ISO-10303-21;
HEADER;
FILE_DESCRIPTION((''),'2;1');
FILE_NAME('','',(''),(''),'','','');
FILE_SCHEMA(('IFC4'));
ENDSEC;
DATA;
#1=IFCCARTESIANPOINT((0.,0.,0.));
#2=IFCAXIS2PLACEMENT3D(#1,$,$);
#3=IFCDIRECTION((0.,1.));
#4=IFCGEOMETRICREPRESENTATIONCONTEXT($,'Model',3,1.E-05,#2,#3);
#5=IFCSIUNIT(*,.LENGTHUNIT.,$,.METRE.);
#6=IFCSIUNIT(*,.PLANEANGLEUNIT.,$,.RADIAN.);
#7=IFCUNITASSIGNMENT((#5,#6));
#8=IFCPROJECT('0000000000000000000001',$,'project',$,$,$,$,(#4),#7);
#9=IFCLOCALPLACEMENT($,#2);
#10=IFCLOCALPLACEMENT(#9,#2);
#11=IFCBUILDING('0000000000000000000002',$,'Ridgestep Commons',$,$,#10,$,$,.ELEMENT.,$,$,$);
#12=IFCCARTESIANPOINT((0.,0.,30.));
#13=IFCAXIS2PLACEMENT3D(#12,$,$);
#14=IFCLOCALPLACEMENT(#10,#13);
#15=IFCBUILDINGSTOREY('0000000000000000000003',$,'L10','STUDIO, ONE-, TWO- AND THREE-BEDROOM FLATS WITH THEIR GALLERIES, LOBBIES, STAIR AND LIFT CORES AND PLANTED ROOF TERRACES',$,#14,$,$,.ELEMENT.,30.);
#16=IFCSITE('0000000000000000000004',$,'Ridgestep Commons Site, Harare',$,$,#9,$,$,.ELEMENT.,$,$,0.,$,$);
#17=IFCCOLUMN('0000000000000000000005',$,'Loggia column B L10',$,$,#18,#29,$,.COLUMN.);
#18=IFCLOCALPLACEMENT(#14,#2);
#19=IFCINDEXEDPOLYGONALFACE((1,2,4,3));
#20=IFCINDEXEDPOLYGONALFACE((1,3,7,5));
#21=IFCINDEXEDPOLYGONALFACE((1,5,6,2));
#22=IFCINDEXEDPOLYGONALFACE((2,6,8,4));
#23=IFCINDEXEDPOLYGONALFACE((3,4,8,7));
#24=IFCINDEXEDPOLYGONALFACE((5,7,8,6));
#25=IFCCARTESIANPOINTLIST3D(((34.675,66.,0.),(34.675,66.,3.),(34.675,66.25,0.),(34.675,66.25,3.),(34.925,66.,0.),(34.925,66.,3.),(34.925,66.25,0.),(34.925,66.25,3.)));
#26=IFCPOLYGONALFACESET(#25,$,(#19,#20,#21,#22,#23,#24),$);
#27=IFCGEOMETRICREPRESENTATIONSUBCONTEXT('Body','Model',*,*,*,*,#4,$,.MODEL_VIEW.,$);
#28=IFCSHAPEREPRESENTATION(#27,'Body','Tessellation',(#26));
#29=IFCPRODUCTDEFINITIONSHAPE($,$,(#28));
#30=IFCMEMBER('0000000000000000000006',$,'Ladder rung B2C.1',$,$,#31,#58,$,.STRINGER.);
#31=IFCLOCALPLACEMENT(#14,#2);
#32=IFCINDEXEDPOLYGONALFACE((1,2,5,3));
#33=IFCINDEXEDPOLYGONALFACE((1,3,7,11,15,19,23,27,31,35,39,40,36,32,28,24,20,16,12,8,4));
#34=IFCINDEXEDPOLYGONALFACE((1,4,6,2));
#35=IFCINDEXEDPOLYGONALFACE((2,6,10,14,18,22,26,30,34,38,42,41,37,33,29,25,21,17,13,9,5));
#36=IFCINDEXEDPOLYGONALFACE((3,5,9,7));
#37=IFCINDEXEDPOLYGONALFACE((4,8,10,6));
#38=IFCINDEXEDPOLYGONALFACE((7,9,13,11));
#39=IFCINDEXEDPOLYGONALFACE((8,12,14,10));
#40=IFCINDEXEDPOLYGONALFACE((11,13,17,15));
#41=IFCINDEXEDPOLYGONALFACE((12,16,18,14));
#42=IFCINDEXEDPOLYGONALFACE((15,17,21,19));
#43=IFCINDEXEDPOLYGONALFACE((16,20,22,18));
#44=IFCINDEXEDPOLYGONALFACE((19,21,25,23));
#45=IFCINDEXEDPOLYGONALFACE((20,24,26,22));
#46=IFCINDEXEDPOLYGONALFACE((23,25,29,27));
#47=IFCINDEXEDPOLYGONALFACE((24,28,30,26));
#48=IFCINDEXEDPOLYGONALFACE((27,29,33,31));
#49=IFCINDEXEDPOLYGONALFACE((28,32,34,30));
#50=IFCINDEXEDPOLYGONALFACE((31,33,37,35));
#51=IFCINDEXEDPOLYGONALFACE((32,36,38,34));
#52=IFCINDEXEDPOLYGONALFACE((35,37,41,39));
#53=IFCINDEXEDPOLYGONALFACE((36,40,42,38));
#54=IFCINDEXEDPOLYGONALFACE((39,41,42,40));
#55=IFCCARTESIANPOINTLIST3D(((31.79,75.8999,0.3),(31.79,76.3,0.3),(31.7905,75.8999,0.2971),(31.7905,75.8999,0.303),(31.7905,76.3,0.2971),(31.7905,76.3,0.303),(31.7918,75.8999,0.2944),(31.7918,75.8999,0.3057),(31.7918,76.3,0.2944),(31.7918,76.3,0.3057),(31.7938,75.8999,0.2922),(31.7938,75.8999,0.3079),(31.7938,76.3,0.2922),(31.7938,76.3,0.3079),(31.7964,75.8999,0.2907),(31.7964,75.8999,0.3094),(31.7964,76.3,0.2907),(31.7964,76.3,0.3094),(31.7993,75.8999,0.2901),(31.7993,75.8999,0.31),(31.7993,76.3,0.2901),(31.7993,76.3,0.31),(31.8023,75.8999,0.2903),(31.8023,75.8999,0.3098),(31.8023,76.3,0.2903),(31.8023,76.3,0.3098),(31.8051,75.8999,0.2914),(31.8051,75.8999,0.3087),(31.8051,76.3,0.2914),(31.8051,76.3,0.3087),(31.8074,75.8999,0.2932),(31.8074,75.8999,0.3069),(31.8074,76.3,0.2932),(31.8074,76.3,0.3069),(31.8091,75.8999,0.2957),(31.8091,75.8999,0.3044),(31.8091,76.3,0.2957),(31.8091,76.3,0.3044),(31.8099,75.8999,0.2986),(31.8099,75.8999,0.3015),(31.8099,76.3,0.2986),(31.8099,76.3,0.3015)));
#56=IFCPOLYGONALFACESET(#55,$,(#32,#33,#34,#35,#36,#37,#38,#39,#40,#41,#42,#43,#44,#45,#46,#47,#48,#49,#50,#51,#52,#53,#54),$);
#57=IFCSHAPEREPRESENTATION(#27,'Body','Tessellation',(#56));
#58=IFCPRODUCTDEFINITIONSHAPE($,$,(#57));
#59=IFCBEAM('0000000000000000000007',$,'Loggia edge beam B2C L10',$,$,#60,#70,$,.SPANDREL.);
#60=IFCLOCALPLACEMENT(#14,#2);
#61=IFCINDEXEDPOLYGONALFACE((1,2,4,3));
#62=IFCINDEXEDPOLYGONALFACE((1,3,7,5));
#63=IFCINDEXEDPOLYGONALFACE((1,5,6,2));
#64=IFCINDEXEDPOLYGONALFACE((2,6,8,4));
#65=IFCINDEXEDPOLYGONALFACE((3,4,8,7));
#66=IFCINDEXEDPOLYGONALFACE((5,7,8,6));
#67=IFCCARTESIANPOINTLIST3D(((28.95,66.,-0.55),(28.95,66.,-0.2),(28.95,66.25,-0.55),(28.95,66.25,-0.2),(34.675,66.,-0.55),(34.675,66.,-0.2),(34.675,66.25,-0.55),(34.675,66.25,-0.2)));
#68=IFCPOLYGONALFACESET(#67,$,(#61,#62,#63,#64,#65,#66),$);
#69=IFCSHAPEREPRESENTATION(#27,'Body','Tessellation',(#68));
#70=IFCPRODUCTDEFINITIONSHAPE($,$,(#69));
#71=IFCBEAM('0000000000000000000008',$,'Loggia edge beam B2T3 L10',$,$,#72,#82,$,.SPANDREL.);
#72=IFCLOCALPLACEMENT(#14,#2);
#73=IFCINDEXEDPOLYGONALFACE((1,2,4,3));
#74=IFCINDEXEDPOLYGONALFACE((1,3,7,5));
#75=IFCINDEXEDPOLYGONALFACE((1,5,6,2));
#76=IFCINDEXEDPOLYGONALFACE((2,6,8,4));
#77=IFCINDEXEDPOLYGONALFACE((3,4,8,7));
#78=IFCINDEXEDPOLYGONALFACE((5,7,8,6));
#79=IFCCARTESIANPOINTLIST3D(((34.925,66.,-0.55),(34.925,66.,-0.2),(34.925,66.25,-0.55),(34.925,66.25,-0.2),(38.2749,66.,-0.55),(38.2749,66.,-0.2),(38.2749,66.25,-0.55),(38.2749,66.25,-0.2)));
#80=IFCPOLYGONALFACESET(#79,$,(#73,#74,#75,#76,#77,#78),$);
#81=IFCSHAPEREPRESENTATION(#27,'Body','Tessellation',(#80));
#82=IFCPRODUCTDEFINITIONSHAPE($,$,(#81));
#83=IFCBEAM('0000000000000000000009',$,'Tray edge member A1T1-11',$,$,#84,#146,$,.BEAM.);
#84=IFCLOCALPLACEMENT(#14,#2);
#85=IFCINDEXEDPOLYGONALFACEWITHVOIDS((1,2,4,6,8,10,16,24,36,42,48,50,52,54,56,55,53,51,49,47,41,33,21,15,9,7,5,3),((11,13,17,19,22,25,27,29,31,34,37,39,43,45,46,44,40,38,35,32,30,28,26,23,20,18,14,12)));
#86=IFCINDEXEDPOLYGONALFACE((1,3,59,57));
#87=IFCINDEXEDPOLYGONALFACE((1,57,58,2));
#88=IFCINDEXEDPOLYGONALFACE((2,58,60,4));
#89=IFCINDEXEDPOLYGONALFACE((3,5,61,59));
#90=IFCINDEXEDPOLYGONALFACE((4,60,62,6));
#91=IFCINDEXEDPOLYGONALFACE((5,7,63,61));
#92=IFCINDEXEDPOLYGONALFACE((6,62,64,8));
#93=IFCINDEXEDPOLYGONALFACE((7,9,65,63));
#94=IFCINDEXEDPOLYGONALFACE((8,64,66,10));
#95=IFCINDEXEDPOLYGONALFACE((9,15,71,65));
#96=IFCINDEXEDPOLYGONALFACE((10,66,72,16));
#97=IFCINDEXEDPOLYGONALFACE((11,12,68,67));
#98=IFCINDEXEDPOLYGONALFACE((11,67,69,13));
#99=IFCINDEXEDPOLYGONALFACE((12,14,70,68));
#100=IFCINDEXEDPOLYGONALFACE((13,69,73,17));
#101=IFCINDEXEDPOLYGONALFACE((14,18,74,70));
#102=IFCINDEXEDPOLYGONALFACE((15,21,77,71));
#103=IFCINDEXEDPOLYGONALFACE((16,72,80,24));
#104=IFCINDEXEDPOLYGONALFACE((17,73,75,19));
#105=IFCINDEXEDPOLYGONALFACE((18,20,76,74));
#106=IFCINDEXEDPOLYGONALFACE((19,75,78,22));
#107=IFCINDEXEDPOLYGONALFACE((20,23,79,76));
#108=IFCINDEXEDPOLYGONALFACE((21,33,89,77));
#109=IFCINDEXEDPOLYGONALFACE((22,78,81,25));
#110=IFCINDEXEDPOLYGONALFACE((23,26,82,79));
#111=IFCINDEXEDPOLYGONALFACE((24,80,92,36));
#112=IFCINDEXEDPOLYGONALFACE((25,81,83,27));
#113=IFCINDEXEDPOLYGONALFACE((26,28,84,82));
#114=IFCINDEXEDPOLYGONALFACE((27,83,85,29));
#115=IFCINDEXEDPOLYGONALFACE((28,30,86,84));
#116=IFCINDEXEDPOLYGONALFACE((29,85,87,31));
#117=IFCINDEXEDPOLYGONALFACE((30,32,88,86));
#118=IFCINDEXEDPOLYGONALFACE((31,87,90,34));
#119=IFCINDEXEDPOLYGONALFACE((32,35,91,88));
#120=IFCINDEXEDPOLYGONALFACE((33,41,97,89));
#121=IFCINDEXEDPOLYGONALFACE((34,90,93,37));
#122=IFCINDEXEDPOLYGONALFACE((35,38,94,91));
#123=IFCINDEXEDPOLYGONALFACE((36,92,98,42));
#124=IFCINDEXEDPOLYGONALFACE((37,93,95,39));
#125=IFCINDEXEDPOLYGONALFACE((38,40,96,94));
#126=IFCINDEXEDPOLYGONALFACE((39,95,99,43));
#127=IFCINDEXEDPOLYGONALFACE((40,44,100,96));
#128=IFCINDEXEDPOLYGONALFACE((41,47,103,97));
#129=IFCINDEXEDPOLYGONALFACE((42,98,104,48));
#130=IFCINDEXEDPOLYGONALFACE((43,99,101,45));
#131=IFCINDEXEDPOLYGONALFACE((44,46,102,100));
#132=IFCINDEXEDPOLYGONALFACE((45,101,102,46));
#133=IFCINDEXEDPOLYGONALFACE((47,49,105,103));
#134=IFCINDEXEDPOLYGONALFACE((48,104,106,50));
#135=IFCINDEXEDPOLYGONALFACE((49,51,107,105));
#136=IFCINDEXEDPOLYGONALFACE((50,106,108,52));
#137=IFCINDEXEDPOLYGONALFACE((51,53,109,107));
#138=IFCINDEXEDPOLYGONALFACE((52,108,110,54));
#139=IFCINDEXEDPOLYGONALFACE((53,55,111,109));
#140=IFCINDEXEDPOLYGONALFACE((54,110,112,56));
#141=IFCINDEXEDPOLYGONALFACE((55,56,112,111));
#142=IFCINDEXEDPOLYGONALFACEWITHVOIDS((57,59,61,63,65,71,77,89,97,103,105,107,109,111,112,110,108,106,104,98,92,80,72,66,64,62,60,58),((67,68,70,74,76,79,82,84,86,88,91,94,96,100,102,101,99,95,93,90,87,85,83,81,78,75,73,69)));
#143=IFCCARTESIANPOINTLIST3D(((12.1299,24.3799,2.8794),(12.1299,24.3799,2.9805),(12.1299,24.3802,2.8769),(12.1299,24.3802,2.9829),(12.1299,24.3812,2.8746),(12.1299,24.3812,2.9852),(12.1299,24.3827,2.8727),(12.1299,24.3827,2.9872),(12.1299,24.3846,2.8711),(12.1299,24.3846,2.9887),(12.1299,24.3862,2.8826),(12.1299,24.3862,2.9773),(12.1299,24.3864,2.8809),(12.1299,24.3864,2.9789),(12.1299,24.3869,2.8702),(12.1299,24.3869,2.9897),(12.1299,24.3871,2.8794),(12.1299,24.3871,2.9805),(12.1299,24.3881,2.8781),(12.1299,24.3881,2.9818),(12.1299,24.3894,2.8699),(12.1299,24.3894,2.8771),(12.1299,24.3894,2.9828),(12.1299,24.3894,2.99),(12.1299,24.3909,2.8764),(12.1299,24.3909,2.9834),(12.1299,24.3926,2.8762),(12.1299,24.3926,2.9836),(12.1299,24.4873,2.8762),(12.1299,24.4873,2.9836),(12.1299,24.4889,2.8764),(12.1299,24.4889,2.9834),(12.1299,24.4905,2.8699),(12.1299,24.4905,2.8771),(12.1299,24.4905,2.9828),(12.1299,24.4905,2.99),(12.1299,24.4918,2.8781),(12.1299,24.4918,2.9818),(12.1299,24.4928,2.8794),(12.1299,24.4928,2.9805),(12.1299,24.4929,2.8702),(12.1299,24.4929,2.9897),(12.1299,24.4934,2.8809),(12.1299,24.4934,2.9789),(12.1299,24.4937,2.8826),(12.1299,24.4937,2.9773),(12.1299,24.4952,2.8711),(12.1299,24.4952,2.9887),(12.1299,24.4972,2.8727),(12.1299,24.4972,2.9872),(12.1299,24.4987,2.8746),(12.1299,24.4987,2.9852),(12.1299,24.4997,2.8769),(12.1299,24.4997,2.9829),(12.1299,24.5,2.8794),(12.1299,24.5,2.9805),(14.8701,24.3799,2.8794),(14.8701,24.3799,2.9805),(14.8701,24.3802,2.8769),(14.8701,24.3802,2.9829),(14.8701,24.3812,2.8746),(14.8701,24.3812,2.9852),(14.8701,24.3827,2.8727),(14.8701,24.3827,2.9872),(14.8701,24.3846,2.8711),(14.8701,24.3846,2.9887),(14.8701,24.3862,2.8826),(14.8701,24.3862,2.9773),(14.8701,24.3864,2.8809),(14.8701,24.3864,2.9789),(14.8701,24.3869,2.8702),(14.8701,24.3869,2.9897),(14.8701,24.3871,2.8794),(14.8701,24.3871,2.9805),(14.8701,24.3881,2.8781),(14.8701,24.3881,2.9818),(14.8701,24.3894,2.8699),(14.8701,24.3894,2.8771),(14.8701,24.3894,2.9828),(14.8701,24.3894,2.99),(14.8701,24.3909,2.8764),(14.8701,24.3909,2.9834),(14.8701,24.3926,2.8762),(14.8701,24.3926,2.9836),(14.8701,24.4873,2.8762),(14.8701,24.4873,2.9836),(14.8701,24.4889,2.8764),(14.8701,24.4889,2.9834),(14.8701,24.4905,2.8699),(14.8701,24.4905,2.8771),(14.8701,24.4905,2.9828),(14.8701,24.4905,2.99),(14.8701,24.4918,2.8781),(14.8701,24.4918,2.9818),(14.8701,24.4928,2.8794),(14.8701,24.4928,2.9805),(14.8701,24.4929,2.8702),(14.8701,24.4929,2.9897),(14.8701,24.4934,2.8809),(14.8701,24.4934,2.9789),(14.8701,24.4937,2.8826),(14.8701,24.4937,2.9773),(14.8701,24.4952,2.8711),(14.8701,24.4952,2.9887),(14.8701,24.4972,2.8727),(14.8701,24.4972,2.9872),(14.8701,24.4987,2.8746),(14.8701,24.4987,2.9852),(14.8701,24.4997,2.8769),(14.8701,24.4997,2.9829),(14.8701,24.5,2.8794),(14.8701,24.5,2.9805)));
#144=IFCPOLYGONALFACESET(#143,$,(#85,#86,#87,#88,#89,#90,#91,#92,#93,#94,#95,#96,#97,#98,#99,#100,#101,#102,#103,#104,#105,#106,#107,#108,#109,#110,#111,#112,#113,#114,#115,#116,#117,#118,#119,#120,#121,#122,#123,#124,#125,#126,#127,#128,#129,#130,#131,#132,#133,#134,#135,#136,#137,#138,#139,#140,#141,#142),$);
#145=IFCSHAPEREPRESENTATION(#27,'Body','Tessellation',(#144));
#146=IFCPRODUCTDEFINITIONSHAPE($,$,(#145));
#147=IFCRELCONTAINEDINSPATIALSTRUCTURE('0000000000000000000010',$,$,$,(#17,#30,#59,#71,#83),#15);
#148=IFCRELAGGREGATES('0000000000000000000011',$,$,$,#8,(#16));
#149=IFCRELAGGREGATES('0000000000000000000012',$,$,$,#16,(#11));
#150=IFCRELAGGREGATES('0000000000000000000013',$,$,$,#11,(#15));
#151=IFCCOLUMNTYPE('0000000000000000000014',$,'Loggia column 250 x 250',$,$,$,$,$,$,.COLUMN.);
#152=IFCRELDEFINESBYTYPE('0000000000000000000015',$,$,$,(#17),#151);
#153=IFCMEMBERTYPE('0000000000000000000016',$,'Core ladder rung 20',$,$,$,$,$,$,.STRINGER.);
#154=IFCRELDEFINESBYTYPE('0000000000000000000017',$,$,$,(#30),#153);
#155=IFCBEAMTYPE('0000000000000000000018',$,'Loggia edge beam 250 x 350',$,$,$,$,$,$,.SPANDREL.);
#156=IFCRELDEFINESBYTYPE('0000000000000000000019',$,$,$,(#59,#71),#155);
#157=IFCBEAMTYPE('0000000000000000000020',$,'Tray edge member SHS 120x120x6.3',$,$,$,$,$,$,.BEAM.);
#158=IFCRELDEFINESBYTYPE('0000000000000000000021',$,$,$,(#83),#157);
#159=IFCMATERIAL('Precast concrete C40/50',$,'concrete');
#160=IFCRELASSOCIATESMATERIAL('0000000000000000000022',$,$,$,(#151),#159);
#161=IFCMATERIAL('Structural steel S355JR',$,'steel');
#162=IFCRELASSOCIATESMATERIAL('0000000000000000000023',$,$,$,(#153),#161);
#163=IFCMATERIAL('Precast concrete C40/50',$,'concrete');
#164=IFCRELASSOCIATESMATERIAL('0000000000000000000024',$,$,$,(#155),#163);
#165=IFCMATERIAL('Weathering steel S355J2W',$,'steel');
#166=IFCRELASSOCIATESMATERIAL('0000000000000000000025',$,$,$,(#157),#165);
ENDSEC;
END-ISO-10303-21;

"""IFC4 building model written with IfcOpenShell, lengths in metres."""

from ifc_helpers import new_model, si_unit, direction, frame, origin, origin_2d, place, context, subcontext, project, spatial, rectangle, hollow_rectangle, circle, extrude, material, material_profile, profile_set, type_object, element, save


model = new_model("IFC4")

# Units and contexts
model_context = context("Model", 3, precision=1e-05, world=origin(), true_north=direction((0.0, 1.0)))
body_context = subcontext(model_context, "Body", "Model", "MODEL_VIEW")
ifc_project = project(units=[si_unit("LENGTHUNIT", "METRE"), si_unit("PLANEANGLEUNIT", "RADIAN")], contexts=[model_context])

# Site, building, storey
site_placement = place(None, origin())
site = spatial("IfcSite", under=ifc_project, at=site_placement, Name="Ridgestep Commons Site, Harare", CompositionType="ELEMENT", RefElevation=0.0)
building_placement = place(site_placement, origin())
building = spatial("IfcBuilding", under=site, at=building_placement, Name="Ridgestep Commons", CompositionType="ELEMENT")
storey_placement = place(building_placement, frame((0.0, 0.0, 30.0)))
storey = spatial("IfcBuildingStorey", under=building, at=storey_placement, Name="L10", Description="STUDIO, ONE-, TWO- AND THREE-BEDROOM FLATS WITH THEIR GALLERIES, LOBBIES, STAIR AND LIFT CORES AND PLANTED ROOF TERRACES", CompositionType="ELEMENT", Elevation=30.0)

# Column
ifc_material_1 = material(Name="Precast concrete C40/50", Category="concrete")
ifc_material_profile_1 = material_profile(ifc_material_1, rectangle(XDim=0.25, YDim=0.25, at=origin_2d()), Name="PC 250x250")
ifc_profile_set_1 = profile_set([ifc_material_profile_1], Name="Precast concrete C40/50")
column_type = type_object("IfcColumnType", Name="Loggia column 250 x 250", PredefinedType="COLUMN", material=ifc_profile_set_1)
column_placement = place(storey_placement, frame((34.8, 66.125, 0.0), z_axis=(0.0, 0.0, 1.0), x_axis=(1.0, 0.0, 0.0)))
element("IfcColumn", 1, at=column_placement, inside=storey, type_object=column_type, Name="Loggia column B L10", PredefinedType="COLUMN", context=body_context, shape_type="SweptSolid", body=[
    extrude(rectangle(XDim=0.25, YDim=0.25, at=origin_2d()), origin(), (0.0, 0.0, 1.0), 3.0),
])

# Member
ifc_material_2 = material(Name="Structural steel S355JR", Category="steel")
ifc_material_profile_2 = material_profile(ifc_material_2, circle(Radius=0.01, at=origin_2d()), Name="Round bar 20")
ifc_profile_set_2 = profile_set([ifc_material_profile_2], Name="Structural steel S355JR")
member_type_1 = type_object("IfcMemberType", Name="Core ladder rung 20", PredefinedType="STRINGER", material=ifc_profile_set_2)
member_1_placement = place(storey_placement, frame((31.8, 75.8999, 0.3), z_axis=(0.0, 1.0, 0.0), x_axis=(-1.0, 0.0, 0.0)))
element("IfcMember", 2, at=member_1_placement, inside=storey, type_object=member_type_1, Name="Ladder rung B2C.1", PredefinedType="STRINGER", context=body_context, shape_type="SweptSolid", body=[
    extrude(circle(Radius=0.01, at=origin_2d()), origin(), (0.0, 0.0, 1.0), 0.4001),
])

# Beams
ifc_material_3 = material(Name="Precast concrete C40/50", Category="concrete")
ifc_material_profile_3 = material_profile(ifc_material_3, rectangle(XDim=0.25, YDim=0.3501, at=origin_2d()), Name="PC 250x350")
ifc_profile_set_3 = profile_set([ifc_material_profile_3], Name="Precast concrete C40/50")
beam_type_1 = type_object("IfcBeamType", Name="Loggia edge beam 250 x 350", PredefinedType="SPANDREL", material=ifc_profile_set_3)
beam_1_placement = place(storey_placement, frame((28.95, 66.125, -0.375), z_axis=(1.0, 0.0, 0.0), x_axis=(0.0, 1.0, 0.0)))
element("IfcBeam", 3, at=beam_1_placement, inside=storey, type_object=beam_type_1, Name="Loggia edge beam B2C L10", PredefinedType="SPANDREL", context=body_context, shape_type="SweptSolid", body=[
    extrude(rectangle(XDim=0.25, YDim=0.3501, at=origin_2d()), origin(), (0.0, 0.0, 1.0), 5.7251),
])
beam_2_placement = place(storey_placement, frame((34.925, 66.125, -0.375), z_axis=(1.0, 0.0, 0.0), x_axis=(0.0, 1.0, 0.0)))
element("IfcBeam", 4, at=beam_2_placement, inside=storey, type_object=beam_type_1, Name="Loggia edge beam B2T3 L10", PredefinedType="SPANDREL", context=body_context, shape_type="SweptSolid", body=[
    extrude(rectangle(XDim=0.25, YDim=0.3501, at=origin_2d()), origin(), (0.0, 0.0, 1.0), 3.3499),
])
ifc_material_4 = material(Name="Weathering steel S355J2W", Category="steel")
ifc_material_profile_4 = material_profile(ifc_material_4, hollow_rectangle(XDim=0.1201, YDim=0.1201, WallThickness=0.0063, InnerFilletRadius=0.0063, OuterFilletRadius=0.0095, at=origin_2d()), Name="SHS 120x120x6.3")
ifc_profile_set_4 = profile_set([ifc_material_profile_4], Name="Weathering steel S355J2W")
beam_type_2 = type_object("IfcBeamType", Name="Tray edge member SHS 120x120x6.3", PredefinedType="BEAM", material=ifc_profile_set_4)
beam_3_placement = place(storey_placement, frame((12.1299, 24.4399, 2.9299), z_axis=(1.0, 0.0, 0.0), x_axis=(0.0, 0.0, 1.0)))
element("IfcBeam", 5, at=beam_3_placement, inside=storey, type_object=beam_type_2, Name="Tray edge member A1T1-11", PredefinedType="BEAM", context=body_context, shape_type="SweptSolid", body=[
    extrude(hollow_rectangle(XDim=0.1201, YDim=0.1201, WallThickness=0.0063, InnerFilletRadius=0.0063, OuterFilletRadius=0.0095, at=origin_2d()), origin(), (0.0, 0.0, 1.0), 2.7402),
])

save(model, "model.ifc")
